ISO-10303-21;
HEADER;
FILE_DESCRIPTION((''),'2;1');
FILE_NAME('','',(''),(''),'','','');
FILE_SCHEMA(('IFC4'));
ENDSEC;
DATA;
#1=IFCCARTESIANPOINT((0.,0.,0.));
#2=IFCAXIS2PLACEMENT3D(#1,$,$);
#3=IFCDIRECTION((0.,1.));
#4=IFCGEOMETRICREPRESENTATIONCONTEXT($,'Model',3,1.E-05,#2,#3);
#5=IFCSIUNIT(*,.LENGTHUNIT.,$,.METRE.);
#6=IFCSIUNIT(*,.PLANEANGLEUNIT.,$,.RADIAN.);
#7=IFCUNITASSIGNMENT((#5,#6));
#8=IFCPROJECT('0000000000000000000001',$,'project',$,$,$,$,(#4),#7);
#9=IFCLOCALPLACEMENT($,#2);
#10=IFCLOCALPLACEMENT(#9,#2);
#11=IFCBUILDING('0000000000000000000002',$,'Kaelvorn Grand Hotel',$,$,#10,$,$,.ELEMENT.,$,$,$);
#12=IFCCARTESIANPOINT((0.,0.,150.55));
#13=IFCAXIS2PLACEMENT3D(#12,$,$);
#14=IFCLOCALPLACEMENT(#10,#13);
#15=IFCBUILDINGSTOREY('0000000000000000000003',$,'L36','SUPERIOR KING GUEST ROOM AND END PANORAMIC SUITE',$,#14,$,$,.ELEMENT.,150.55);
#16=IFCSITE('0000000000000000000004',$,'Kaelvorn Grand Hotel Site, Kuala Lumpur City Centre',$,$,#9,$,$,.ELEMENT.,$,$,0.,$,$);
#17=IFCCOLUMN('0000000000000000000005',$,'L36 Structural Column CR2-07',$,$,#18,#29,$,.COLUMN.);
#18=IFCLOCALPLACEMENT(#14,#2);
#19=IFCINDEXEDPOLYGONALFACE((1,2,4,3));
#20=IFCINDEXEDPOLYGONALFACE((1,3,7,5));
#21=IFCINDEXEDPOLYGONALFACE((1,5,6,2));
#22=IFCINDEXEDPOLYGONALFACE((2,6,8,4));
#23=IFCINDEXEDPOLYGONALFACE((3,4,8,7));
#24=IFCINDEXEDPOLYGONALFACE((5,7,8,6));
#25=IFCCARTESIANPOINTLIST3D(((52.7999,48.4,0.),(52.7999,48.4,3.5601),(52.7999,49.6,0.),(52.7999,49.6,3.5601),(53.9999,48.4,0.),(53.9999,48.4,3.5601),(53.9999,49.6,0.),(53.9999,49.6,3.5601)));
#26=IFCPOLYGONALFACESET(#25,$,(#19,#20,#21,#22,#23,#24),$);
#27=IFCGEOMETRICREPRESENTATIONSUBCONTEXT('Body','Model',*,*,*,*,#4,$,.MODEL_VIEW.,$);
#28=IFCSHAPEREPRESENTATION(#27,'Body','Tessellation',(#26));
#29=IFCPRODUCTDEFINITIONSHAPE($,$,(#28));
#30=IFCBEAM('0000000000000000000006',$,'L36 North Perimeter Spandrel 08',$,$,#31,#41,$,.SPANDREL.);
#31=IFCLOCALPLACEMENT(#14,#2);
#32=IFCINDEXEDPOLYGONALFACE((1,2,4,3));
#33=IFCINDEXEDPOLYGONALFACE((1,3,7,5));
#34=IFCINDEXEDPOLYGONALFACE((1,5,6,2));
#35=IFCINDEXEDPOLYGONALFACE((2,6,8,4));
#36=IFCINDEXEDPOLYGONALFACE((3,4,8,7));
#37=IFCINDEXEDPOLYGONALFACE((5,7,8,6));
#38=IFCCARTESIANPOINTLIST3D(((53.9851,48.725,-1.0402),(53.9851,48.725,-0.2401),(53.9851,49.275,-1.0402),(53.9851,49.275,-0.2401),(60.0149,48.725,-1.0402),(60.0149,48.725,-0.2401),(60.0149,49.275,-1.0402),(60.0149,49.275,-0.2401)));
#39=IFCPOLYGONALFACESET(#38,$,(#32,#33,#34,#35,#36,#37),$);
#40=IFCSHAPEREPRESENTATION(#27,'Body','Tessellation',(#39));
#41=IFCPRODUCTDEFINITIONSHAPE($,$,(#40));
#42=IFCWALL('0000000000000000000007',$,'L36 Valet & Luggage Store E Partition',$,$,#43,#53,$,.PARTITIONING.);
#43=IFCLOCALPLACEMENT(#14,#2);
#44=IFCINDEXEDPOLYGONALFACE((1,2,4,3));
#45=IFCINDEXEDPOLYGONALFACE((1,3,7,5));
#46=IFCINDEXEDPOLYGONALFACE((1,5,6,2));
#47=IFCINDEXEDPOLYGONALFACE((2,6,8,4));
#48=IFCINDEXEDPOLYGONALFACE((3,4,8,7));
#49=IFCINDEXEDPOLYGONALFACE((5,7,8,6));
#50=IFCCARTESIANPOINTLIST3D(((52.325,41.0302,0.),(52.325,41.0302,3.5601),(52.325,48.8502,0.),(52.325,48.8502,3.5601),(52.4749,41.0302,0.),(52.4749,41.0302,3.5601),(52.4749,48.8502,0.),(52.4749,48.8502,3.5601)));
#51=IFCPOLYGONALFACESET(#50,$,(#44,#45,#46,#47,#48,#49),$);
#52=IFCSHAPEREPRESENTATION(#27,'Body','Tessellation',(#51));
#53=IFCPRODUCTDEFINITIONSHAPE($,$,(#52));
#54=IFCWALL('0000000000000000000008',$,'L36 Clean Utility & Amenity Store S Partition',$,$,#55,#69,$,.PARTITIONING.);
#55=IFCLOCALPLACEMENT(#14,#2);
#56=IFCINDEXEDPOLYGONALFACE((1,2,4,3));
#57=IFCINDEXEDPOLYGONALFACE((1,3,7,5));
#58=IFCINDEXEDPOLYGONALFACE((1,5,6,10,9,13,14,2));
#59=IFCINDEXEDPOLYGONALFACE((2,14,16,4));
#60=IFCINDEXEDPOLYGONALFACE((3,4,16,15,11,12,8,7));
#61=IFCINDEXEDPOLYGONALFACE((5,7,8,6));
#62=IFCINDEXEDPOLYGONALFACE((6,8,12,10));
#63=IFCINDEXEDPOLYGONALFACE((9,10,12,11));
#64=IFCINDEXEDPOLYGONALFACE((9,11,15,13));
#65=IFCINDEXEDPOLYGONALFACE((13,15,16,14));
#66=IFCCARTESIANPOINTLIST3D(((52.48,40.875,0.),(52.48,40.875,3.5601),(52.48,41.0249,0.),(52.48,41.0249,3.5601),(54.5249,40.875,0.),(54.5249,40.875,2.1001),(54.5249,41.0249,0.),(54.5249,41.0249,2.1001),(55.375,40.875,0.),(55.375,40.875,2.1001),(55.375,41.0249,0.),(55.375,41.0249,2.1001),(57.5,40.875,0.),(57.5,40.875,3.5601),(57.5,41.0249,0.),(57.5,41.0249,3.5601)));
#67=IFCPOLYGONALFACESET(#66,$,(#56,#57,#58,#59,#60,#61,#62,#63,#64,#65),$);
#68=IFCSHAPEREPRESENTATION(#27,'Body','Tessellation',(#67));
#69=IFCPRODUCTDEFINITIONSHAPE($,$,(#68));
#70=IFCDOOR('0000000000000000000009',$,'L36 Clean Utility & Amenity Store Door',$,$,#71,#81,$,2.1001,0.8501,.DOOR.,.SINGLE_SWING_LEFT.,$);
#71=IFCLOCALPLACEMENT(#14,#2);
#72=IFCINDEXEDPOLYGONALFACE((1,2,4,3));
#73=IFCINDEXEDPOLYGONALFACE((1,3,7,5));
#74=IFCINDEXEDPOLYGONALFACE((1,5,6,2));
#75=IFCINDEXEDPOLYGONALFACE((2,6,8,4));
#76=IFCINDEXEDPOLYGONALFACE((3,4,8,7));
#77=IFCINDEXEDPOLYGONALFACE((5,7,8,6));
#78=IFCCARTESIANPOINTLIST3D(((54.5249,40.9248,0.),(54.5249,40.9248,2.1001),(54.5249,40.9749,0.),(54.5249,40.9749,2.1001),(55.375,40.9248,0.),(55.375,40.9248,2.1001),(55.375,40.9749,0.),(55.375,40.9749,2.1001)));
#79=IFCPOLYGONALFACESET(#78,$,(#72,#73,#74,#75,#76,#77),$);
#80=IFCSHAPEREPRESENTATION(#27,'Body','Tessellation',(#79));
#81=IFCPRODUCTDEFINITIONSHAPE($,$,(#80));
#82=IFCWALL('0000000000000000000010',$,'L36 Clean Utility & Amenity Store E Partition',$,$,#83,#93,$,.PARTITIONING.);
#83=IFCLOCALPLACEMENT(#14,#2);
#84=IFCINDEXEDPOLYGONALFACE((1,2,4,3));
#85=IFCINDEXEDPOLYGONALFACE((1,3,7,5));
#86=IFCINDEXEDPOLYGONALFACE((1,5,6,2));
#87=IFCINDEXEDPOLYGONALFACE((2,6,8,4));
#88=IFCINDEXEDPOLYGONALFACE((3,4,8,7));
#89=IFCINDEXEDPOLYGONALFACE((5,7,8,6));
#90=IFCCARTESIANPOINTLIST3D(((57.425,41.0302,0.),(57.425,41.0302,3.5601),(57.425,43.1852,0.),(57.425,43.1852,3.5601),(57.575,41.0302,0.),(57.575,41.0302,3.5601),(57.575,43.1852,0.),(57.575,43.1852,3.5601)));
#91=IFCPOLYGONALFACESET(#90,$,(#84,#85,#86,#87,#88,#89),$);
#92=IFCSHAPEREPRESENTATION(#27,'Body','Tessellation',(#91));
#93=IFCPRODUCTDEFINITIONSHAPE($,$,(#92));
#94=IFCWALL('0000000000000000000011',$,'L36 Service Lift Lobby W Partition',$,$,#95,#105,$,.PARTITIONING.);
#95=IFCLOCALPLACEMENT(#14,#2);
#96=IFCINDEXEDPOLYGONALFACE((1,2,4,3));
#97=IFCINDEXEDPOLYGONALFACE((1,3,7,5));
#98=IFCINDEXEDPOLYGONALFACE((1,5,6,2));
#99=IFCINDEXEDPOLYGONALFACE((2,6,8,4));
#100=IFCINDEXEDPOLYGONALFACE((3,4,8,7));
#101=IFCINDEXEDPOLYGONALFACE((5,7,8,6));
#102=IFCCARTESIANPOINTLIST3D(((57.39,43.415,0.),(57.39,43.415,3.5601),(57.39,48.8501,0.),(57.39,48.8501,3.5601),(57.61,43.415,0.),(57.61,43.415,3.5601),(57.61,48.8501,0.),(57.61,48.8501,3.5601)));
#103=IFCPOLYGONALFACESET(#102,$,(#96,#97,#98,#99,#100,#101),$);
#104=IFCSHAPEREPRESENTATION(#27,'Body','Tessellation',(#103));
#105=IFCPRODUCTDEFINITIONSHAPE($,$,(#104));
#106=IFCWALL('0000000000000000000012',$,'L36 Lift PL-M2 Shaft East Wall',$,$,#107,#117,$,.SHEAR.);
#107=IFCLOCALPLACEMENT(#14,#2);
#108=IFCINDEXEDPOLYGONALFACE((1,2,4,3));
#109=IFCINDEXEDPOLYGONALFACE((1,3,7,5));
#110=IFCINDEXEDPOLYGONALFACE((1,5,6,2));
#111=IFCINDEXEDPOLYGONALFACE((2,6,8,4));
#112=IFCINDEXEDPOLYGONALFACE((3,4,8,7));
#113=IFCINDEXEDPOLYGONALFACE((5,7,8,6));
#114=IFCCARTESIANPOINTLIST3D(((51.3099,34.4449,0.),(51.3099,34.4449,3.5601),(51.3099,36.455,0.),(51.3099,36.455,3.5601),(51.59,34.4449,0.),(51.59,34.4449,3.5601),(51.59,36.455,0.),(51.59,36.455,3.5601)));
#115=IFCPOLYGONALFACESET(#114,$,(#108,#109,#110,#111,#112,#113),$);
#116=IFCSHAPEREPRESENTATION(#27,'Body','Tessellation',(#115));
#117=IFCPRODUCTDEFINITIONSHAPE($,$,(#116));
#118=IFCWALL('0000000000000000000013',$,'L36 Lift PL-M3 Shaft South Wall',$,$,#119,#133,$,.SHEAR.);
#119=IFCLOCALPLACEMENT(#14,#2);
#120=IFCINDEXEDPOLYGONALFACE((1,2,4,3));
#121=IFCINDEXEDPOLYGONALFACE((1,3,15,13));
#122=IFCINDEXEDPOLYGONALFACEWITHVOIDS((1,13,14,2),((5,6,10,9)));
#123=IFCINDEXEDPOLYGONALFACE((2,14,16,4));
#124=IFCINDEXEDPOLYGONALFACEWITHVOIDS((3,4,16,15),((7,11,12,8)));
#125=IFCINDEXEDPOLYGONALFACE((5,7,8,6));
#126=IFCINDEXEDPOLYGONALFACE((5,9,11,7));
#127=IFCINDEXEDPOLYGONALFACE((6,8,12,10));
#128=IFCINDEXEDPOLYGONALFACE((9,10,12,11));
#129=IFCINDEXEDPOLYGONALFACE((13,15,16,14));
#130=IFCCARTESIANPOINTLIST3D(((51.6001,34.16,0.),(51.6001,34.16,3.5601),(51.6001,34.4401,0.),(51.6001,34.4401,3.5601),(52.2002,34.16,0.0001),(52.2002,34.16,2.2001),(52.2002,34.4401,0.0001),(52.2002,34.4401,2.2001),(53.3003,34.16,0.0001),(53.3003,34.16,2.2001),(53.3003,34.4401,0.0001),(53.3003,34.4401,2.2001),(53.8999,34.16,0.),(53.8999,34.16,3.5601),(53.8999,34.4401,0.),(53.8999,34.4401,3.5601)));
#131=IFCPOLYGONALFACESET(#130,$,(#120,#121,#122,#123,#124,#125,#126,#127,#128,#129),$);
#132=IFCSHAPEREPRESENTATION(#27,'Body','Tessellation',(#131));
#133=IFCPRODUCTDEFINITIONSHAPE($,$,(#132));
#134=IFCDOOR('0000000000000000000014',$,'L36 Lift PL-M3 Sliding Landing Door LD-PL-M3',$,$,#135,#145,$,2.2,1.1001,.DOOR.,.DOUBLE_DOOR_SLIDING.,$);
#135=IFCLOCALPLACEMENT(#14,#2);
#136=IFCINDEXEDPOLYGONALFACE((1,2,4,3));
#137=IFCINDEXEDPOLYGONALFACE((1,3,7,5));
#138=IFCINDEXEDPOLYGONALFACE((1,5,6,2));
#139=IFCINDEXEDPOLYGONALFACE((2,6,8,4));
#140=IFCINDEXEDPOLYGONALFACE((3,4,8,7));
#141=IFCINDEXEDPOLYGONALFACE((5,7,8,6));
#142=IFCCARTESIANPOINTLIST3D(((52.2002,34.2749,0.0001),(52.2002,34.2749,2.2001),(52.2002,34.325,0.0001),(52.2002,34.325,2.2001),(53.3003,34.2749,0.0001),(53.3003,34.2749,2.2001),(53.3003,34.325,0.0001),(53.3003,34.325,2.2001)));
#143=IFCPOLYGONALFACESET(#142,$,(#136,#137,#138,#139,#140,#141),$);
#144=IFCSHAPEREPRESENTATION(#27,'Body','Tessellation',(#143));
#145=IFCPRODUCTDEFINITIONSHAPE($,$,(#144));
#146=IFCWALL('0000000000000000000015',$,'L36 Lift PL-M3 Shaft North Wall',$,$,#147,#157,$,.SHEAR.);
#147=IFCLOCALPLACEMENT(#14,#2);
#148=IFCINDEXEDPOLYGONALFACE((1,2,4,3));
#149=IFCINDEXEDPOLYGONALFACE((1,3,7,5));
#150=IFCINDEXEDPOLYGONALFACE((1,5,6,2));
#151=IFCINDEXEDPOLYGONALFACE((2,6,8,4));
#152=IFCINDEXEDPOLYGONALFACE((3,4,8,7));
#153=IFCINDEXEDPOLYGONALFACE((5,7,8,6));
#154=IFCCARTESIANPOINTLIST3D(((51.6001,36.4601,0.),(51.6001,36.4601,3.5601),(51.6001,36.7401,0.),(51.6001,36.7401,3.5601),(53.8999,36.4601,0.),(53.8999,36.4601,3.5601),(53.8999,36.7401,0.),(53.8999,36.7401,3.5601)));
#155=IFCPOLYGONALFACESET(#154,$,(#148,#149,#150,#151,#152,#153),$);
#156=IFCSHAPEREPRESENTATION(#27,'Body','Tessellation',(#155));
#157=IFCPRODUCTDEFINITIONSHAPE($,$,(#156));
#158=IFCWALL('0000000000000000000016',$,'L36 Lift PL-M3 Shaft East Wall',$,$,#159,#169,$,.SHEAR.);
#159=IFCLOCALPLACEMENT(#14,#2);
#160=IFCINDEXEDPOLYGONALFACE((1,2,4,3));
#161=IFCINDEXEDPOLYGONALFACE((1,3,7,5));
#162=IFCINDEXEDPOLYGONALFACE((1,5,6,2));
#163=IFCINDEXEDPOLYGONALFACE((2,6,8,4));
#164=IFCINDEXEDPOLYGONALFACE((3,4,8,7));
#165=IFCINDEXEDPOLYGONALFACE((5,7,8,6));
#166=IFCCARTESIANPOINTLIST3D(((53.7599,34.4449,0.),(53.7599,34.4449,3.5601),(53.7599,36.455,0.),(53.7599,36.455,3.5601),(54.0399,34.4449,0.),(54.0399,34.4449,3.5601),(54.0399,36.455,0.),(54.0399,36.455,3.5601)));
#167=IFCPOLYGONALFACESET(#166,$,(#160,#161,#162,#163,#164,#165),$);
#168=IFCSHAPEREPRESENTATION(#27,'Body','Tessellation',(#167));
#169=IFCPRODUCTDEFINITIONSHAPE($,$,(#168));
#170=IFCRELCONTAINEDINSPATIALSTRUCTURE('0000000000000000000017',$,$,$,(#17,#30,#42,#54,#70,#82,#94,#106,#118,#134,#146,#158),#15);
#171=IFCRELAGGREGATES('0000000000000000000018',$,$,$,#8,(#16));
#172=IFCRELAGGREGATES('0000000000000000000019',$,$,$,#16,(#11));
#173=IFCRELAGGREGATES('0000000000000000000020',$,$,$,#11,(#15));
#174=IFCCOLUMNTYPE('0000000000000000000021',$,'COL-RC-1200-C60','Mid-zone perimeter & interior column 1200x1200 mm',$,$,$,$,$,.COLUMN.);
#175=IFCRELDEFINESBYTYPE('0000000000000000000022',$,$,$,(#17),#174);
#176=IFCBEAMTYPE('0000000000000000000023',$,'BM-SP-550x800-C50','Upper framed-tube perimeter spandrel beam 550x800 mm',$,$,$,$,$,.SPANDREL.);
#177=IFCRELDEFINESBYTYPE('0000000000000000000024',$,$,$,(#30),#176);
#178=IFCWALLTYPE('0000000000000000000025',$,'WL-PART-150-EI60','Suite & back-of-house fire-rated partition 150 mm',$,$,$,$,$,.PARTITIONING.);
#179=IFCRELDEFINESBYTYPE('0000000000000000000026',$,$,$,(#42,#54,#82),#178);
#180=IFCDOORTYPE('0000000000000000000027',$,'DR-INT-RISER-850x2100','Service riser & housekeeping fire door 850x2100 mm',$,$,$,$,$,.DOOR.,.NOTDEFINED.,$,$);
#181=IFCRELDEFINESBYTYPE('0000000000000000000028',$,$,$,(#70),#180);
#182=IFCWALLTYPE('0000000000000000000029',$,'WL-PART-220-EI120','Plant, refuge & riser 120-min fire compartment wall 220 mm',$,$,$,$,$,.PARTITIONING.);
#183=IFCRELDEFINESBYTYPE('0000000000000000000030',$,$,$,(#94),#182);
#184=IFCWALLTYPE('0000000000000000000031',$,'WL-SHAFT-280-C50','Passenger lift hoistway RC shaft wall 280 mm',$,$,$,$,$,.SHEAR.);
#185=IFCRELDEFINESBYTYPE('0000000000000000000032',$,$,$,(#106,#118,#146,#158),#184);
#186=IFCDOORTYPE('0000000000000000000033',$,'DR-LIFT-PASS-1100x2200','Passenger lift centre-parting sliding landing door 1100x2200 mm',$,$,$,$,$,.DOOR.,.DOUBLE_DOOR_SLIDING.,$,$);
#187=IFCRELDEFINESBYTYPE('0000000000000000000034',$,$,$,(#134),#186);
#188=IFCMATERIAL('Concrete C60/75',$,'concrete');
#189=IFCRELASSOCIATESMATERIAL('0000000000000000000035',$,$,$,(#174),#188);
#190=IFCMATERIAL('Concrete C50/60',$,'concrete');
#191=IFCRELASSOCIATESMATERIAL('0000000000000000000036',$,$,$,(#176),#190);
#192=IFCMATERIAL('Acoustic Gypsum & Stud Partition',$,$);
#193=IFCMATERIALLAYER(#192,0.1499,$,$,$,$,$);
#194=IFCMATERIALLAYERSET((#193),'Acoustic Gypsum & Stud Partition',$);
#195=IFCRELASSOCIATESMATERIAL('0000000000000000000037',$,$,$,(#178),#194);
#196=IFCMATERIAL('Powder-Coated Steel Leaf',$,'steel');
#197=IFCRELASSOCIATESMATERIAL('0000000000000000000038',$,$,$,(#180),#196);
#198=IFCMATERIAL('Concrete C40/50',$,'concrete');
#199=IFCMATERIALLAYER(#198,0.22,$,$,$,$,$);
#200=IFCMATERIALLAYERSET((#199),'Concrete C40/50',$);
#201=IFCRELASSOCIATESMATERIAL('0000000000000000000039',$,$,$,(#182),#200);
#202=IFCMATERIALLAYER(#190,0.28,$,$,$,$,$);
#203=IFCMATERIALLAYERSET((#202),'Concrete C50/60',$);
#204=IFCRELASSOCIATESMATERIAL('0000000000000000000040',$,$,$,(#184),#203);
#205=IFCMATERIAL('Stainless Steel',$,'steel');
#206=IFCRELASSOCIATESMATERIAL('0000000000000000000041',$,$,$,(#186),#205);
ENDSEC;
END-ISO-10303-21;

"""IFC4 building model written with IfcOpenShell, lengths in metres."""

from ifc_helpers import new_model, si_unit, direction, frame, frame_2d, origin, origin_2d, place, context, subcontext, project, spatial, rectangle, extrude, material, layer, layer_set, material_profile, profile_set, type_object, element, fill, save


model = new_model("IFC4")

# Units and contexts
model_context = context("Model", 3, precision=1e-05, world=origin(), true_north=direction((0.0, 1.0)))
body_context = subcontext(model_context, "Body", "Model", "MODEL_VIEW")
ifc_project = project(units=[si_unit("LENGTHUNIT", "METRE"), si_unit("PLANEANGLEUNIT", "RADIAN")], contexts=[model_context])

# Site, building, storey
site_placement = place(None, origin())
site = spatial("IfcSite", under=ifc_project, at=site_placement, Name="Kaelvorn Grand Hotel Site, Kuala Lumpur City Centre", CompositionType="ELEMENT", RefElevation=0.0)
building_placement = place(site_placement, origin())
building = spatial("IfcBuilding", under=site, at=building_placement, Name="Kaelvorn Grand Hotel", CompositionType="ELEMENT")
storey_placement = place(building_placement, frame((0.0, 0.0, 150.55)))
storey = spatial("IfcBuildingStorey", under=building, at=storey_placement, Name="L36", Description="SUPERIOR KING GUEST ROOM AND END PANORAMIC SUITE", CompositionType="ELEMENT", Elevation=150.55)

# Column
ifc_material_1 = material(Name="Concrete C60/75", Category="concrete")
ifc_material_profile_1 = material_profile(ifc_material_1, rectangle(XDim=1.2, YDim=1.2, at=origin_2d()), Name="RC COL 1200x1200")
ifc_profile_set_1 = profile_set([ifc_material_profile_1], Name="Concrete C60/75")
column_type = type_object("IfcColumnType", Name="COL-RC-1200-C60", Description="Mid-zone perimeter & interior column 1200x1200 mm", PredefinedType="COLUMN", material=ifc_profile_set_1)
column_placement = place(storey_placement, frame((53.3999, 49.0, 0.0), z_axis=(0.0, 0.0, 1.0), x_axis=(1.0, 0.0, 0.0)))
element("IfcColumn", 1, at=column_placement, inside=storey, type_object=column_type, Name="L36 Structural Column CR2-07", PredefinedType="COLUMN", context=body_context, shape_type="SweptSolid", body=[
    extrude(rectangle(XDim=1.2, YDim=1.2, at=origin_2d()), origin(), (0.0, 0.0, 1.0), 3.5601),
])

# Beam
ifc_material_2 = material(Name="Concrete C50/60", Category="concrete")
ifc_material_profile_2 = material_profile(ifc_material_2, rectangle(XDim=0.55, YDim=0.8, at=origin_2d()), Name="RC SPANDREL 550x800")
ifc_profile_set_2 = profile_set([ifc_material_profile_2], Name="Concrete C50/60")
beam_type = type_object("IfcBeamType", Name="BM-SP-550x800-C50", Description="Upper framed-tube perimeter spandrel beam 550x800 mm", PredefinedType="SPANDREL", material=ifc_profile_set_2)
beam_placement = place(storey_placement, frame((53.9851, 49.0, -0.6401), z_axis=(1.0, 0.0, 0.0), x_axis=(0.0, 1.0, 0.0)))
element("IfcBeam", 2, at=beam_placement, inside=storey, type_object=beam_type, Name="L36 North Perimeter Spandrel 08", PredefinedType="SPANDREL", context=body_context, shape_type="SweptSolid", body=[
    extrude(rectangle(XDim=0.55, YDim=0.8, at=origin_2d()), origin(), (0.0, 0.0, 1.0), 6.0298),
])

# Wall
ifc_material_3 = material(Name="Acoustic Gypsum & Stud Partition")
ifc_layer_1 = layer(ifc_material_3, 0.1499)
ifc_layer_set_1 = layer_set([ifc_layer_1], Name="Acoustic Gypsum & Stud Partition")
wall_type_1 = type_object("IfcWallType", Name="WL-PART-150-EI60", Description="Suite & back-of-house fire-rated partition 150 mm", PredefinedType="PARTITIONING", material=ifc_layer_set_1)
wall_1_placement = place(storey_placement, frame((52.3999, 41.03, 0.0), z_axis=(0.0, 0.0, 1.0), x_axis=(0.0, 1.0, 0.0)))
element("IfcWall", 3, at=wall_1_placement, inside=storey, type_object=wall_type_1, Name="L36 Valet & Luggage Store E Partition", PredefinedType="PARTITIONING", context=body_context, shape_type="SweptSolid", body=[
    extrude(rectangle(XDim=7.8201, YDim=0.1499, at=frame_2d((3.9102, 0.0))), origin(), (0.0, 0.0, 1.0), 3.5601),
])

# Wall, opening, door
wall_2_placement = place(storey_placement, frame((52.48, 40.95, 0.0), z_axis=(0.0, 0.0, 1.0), x_axis=(1.0, 0.0, 0.0)))
wall_2 = element("IfcWall", 4, at=wall_2_placement, inside=storey, type_object=wall_type_1, Name="L36 Clean Utility & Amenity Store S Partition", PredefinedType="PARTITIONING", context=body_context, shape_type="SweptSolid", body=[
    extrude(rectangle(XDim=5.02, YDim=0.1499, at=frame_2d((2.51, 0.0))), origin(), (0.0, 0.0, 1.0), 3.5601),
])
opening_1_placement = place(wall_2_placement, frame((2.0449, 0.0, 0.0)))
opening_1 = element("IfcOpeningElement", 5, at=opening_1_placement, cuts=wall_2, PredefinedType="OPENING", context=body_context, shape_type="SweptSolid", body=[
    extrude(rectangle(XDim=0.8501, YDim=2.1001, at=frame_2d((0.425, 1.05))), frame((0.0, 0.085, 0.0), z_axis=(0.0, -1.0, 0.0), x_axis=(1.0, 0.0, 0.0)), (0.0, 0.0, 1.0), 0.1699),
])
ifc_material_4 = material(Name="Powder-Coated Steel Leaf", Category="steel")
door_type_1 = type_object("IfcDoorType", Name="DR-INT-RISER-850x2100", Description="Service riser & housekeeping fire door 850x2100 mm", OperationType="NOTDEFINED", PredefinedType="DOOR", material=ifc_material_4)
door_1_placement = place(opening_1_placement, origin())
door_1 = element("IfcDoor", 6, at=door_1_placement, inside=storey, type_object=door_type_1, Name="L36 Clean Utility & Amenity Store Door", OperationType="SINGLE_SWING_LEFT", OverallHeight=2.1001, OverallWidth=0.8501, PredefinedType="DOOR", context=body_context, shape_type="SweptSolid", body=[
    extrude(rectangle(XDim=0.8501, YDim=2.1001, at=frame_2d((0.425, 1.05))), frame((0.0, 0.0249, 0.0), z_axis=(0.0, -1.0, 0.0), x_axis=(1.0, 0.0, 0.0)), (0.0, 0.0, 1.0), 0.05),
])
fill(opening_1, door_1)

# Wall
wall_3_placement = place(storey_placement, frame((57.5, 41.03, 0.0), z_axis=(0.0, 0.0, 1.0), x_axis=(0.0, 1.0, 0.0)))
element("IfcWall", 7, at=wall_3_placement, inside=storey, type_object=wall_type_1, Name="L36 Clean Utility & Amenity Store E Partition", PredefinedType="PARTITIONING", context=body_context, shape_type="SweptSolid", body=[
    extrude(rectangle(XDim=2.155, YDim=0.1499, at=frame_2d((1.0776, 0.0))), origin(), (0.0, 0.0, 1.0), 3.5601),
])

# Shared definitions
ifc_material_5 = material(Name="Concrete C40/50", Category="concrete")
ifc_layer_2 = layer(ifc_material_5, 0.22)
ifc_layer_set_2 = layer_set([ifc_layer_2], Name="Concrete C40/50")
wall_type_2 = type_object("IfcWallType", Name="WL-PART-220-EI120", Description="Plant, refuge & riser 120-min fire compartment wall 220 mm", PredefinedType="PARTITIONING", material=ifc_layer_set_2)

# Walls
wall_4_placement = place(storey_placement, frame((57.5, 43.415, 0.0), z_axis=(0.0, 0.0, 1.0), x_axis=(0.0, 1.0, 0.0)))
element("IfcWall", 8, at=wall_4_placement, inside=storey, type_object=wall_type_2, Name="L36 Service Lift Lobby W Partition", PredefinedType="PARTITIONING", context=body_context, shape_type="SweptSolid", body=[
    extrude(rectangle(XDim=5.4351, YDim=0.22, at=frame_2d((2.7175, 0.0))), origin(), (0.0, 0.0, 1.0), 3.5601),
])
ifc_layer_3 = layer(ifc_material_2, 0.28)
ifc_layer_set_3 = layer_set([ifc_layer_3], Name="Concrete C50/60")
wall_type_3 = type_object("IfcWallType", Name="WL-SHAFT-280-C50", Description="Passenger lift hoistway RC shaft wall 280 mm", PredefinedType="SHEAR", material=ifc_layer_set_3)
wall_5_placement = place(storey_placement, frame((51.45, 34.4451, 0.0), z_axis=(0.0, 0.0, 1.0), x_axis=(0.0, 1.0, 0.0)))
element("IfcWall", 9, at=wall_5_placement, inside=storey, type_object=wall_type_3, Name="L36 Lift PL-M2 Shaft East Wall", PredefinedType="SHEAR", context=body_context, shape_type="SweptSolid", body=[
    extrude(rectangle(XDim=2.01, YDim=0.28, at=frame_2d((1.0049, 0.0))), origin(), (0.0, 0.0, 1.0), 3.5601),
])

# Wall, opening, door
wall_6_placement = place(storey_placement, frame((51.6001, 34.3, 0.0), z_axis=(0.0, 0.0, 1.0), x_axis=(1.0, 0.0, 0.0)))
wall_6 = element("IfcWall", 10, at=wall_6_placement, inside=storey, type_object=wall_type_3, Name="L36 Lift PL-M3 Shaft South Wall", PredefinedType="SHEAR", context=body_context, shape_type="SweptSolid", body=[
    extrude(rectangle(XDim=2.2998, YDim=0.28, at=frame_2d((1.1499, 0.0))), origin(), (0.0, 0.0, 1.0), 3.5601),
])
opening_2_placement = place(wall_6_placement, frame((0.6001, 0.0, 0.0)))
opening_2 = element("IfcOpeningElement", 11, at=opening_2_placement, cuts=wall_6, PredefinedType="OPENING", context=body_context, shape_type="SweptSolid", body=[
    extrude(rectangle(XDim=1.1001, YDim=2.2, at=frame_2d((0.55, 1.1001))), frame((0.0, 0.1499, 0.0), z_axis=(0.0, -1.0, 0.0), x_axis=(1.0, 0.0, 0.0)), (0.0, 0.0, 1.0), 0.3),
])
ifc_material_6 = material(Name="Stainless Steel", Category="steel")
door_type_2 = type_object("IfcDoorType", Name="DR-LIFT-PASS-1100x2200", Description="Passenger lift centre-parting sliding landing door 1100x2200 mm", OperationType="DOUBLE_DOOR_SLIDING", PredefinedType="DOOR", material=ifc_material_6)
door_2_placement = place(opening_2_placement, origin())
door_2 = element("IfcDoor", 12, at=door_2_placement, inside=storey, type_object=door_type_2, Name="L36 Lift PL-M3 Sliding Landing Door LD-PL-M3", OperationType="DOUBLE_DOOR_SLIDING", OverallHeight=2.2, OverallWidth=1.1001, PredefinedType="DOOR", context=body_context, shape_type="SweptSolid", body=[
    extrude(rectangle(XDim=1.1001, YDim=2.2, at=frame_2d((0.55, 1.1001))), frame((0.0, 0.0249, 0.0), z_axis=(0.0, -1.0, 0.0), x_axis=(1.0, 0.0, 0.0)), (0.0, 0.0, 1.0), 0.05),
])
fill(opening_2, door_2)

# Walls
wall_7_placement = place(storey_placement, frame((51.6001, 36.6001, 0.0), z_axis=(0.0, 0.0, 1.0), x_axis=(1.0, 0.0, 0.0)))
element("IfcWall", 13, at=wall_7_placement, inside=storey, type_object=wall_type_3, Name="L36 Lift PL-M3 Shaft North Wall", PredefinedType="SHEAR", context=body_context, shape_type="SweptSolid", body=[
    extrude(rectangle(XDim=2.2998, YDim=0.28, at=frame_2d((1.1499, 0.0))), origin(), (0.0, 0.0, 1.0), 3.5601),
])
wall_8_placement = place(storey_placement, frame((53.8999, 34.4451, 0.0), z_axis=(0.0, 0.0, 1.0), x_axis=(0.0, 1.0, 0.0)))
element("IfcWall", 14, at=wall_8_placement, inside=storey, type_object=wall_type_3, Name="L36 Lift PL-M3 Shaft East Wall", PredefinedType="SHEAR", context=body_context, shape_type="SweptSolid", body=[
    extrude(rectangle(XDim=2.01, YDim=0.28, at=frame_2d((1.0049, 0.0))), origin(), (0.0, 0.0, 1.0), 3.5601),
])

save(model, "model.ifc")
